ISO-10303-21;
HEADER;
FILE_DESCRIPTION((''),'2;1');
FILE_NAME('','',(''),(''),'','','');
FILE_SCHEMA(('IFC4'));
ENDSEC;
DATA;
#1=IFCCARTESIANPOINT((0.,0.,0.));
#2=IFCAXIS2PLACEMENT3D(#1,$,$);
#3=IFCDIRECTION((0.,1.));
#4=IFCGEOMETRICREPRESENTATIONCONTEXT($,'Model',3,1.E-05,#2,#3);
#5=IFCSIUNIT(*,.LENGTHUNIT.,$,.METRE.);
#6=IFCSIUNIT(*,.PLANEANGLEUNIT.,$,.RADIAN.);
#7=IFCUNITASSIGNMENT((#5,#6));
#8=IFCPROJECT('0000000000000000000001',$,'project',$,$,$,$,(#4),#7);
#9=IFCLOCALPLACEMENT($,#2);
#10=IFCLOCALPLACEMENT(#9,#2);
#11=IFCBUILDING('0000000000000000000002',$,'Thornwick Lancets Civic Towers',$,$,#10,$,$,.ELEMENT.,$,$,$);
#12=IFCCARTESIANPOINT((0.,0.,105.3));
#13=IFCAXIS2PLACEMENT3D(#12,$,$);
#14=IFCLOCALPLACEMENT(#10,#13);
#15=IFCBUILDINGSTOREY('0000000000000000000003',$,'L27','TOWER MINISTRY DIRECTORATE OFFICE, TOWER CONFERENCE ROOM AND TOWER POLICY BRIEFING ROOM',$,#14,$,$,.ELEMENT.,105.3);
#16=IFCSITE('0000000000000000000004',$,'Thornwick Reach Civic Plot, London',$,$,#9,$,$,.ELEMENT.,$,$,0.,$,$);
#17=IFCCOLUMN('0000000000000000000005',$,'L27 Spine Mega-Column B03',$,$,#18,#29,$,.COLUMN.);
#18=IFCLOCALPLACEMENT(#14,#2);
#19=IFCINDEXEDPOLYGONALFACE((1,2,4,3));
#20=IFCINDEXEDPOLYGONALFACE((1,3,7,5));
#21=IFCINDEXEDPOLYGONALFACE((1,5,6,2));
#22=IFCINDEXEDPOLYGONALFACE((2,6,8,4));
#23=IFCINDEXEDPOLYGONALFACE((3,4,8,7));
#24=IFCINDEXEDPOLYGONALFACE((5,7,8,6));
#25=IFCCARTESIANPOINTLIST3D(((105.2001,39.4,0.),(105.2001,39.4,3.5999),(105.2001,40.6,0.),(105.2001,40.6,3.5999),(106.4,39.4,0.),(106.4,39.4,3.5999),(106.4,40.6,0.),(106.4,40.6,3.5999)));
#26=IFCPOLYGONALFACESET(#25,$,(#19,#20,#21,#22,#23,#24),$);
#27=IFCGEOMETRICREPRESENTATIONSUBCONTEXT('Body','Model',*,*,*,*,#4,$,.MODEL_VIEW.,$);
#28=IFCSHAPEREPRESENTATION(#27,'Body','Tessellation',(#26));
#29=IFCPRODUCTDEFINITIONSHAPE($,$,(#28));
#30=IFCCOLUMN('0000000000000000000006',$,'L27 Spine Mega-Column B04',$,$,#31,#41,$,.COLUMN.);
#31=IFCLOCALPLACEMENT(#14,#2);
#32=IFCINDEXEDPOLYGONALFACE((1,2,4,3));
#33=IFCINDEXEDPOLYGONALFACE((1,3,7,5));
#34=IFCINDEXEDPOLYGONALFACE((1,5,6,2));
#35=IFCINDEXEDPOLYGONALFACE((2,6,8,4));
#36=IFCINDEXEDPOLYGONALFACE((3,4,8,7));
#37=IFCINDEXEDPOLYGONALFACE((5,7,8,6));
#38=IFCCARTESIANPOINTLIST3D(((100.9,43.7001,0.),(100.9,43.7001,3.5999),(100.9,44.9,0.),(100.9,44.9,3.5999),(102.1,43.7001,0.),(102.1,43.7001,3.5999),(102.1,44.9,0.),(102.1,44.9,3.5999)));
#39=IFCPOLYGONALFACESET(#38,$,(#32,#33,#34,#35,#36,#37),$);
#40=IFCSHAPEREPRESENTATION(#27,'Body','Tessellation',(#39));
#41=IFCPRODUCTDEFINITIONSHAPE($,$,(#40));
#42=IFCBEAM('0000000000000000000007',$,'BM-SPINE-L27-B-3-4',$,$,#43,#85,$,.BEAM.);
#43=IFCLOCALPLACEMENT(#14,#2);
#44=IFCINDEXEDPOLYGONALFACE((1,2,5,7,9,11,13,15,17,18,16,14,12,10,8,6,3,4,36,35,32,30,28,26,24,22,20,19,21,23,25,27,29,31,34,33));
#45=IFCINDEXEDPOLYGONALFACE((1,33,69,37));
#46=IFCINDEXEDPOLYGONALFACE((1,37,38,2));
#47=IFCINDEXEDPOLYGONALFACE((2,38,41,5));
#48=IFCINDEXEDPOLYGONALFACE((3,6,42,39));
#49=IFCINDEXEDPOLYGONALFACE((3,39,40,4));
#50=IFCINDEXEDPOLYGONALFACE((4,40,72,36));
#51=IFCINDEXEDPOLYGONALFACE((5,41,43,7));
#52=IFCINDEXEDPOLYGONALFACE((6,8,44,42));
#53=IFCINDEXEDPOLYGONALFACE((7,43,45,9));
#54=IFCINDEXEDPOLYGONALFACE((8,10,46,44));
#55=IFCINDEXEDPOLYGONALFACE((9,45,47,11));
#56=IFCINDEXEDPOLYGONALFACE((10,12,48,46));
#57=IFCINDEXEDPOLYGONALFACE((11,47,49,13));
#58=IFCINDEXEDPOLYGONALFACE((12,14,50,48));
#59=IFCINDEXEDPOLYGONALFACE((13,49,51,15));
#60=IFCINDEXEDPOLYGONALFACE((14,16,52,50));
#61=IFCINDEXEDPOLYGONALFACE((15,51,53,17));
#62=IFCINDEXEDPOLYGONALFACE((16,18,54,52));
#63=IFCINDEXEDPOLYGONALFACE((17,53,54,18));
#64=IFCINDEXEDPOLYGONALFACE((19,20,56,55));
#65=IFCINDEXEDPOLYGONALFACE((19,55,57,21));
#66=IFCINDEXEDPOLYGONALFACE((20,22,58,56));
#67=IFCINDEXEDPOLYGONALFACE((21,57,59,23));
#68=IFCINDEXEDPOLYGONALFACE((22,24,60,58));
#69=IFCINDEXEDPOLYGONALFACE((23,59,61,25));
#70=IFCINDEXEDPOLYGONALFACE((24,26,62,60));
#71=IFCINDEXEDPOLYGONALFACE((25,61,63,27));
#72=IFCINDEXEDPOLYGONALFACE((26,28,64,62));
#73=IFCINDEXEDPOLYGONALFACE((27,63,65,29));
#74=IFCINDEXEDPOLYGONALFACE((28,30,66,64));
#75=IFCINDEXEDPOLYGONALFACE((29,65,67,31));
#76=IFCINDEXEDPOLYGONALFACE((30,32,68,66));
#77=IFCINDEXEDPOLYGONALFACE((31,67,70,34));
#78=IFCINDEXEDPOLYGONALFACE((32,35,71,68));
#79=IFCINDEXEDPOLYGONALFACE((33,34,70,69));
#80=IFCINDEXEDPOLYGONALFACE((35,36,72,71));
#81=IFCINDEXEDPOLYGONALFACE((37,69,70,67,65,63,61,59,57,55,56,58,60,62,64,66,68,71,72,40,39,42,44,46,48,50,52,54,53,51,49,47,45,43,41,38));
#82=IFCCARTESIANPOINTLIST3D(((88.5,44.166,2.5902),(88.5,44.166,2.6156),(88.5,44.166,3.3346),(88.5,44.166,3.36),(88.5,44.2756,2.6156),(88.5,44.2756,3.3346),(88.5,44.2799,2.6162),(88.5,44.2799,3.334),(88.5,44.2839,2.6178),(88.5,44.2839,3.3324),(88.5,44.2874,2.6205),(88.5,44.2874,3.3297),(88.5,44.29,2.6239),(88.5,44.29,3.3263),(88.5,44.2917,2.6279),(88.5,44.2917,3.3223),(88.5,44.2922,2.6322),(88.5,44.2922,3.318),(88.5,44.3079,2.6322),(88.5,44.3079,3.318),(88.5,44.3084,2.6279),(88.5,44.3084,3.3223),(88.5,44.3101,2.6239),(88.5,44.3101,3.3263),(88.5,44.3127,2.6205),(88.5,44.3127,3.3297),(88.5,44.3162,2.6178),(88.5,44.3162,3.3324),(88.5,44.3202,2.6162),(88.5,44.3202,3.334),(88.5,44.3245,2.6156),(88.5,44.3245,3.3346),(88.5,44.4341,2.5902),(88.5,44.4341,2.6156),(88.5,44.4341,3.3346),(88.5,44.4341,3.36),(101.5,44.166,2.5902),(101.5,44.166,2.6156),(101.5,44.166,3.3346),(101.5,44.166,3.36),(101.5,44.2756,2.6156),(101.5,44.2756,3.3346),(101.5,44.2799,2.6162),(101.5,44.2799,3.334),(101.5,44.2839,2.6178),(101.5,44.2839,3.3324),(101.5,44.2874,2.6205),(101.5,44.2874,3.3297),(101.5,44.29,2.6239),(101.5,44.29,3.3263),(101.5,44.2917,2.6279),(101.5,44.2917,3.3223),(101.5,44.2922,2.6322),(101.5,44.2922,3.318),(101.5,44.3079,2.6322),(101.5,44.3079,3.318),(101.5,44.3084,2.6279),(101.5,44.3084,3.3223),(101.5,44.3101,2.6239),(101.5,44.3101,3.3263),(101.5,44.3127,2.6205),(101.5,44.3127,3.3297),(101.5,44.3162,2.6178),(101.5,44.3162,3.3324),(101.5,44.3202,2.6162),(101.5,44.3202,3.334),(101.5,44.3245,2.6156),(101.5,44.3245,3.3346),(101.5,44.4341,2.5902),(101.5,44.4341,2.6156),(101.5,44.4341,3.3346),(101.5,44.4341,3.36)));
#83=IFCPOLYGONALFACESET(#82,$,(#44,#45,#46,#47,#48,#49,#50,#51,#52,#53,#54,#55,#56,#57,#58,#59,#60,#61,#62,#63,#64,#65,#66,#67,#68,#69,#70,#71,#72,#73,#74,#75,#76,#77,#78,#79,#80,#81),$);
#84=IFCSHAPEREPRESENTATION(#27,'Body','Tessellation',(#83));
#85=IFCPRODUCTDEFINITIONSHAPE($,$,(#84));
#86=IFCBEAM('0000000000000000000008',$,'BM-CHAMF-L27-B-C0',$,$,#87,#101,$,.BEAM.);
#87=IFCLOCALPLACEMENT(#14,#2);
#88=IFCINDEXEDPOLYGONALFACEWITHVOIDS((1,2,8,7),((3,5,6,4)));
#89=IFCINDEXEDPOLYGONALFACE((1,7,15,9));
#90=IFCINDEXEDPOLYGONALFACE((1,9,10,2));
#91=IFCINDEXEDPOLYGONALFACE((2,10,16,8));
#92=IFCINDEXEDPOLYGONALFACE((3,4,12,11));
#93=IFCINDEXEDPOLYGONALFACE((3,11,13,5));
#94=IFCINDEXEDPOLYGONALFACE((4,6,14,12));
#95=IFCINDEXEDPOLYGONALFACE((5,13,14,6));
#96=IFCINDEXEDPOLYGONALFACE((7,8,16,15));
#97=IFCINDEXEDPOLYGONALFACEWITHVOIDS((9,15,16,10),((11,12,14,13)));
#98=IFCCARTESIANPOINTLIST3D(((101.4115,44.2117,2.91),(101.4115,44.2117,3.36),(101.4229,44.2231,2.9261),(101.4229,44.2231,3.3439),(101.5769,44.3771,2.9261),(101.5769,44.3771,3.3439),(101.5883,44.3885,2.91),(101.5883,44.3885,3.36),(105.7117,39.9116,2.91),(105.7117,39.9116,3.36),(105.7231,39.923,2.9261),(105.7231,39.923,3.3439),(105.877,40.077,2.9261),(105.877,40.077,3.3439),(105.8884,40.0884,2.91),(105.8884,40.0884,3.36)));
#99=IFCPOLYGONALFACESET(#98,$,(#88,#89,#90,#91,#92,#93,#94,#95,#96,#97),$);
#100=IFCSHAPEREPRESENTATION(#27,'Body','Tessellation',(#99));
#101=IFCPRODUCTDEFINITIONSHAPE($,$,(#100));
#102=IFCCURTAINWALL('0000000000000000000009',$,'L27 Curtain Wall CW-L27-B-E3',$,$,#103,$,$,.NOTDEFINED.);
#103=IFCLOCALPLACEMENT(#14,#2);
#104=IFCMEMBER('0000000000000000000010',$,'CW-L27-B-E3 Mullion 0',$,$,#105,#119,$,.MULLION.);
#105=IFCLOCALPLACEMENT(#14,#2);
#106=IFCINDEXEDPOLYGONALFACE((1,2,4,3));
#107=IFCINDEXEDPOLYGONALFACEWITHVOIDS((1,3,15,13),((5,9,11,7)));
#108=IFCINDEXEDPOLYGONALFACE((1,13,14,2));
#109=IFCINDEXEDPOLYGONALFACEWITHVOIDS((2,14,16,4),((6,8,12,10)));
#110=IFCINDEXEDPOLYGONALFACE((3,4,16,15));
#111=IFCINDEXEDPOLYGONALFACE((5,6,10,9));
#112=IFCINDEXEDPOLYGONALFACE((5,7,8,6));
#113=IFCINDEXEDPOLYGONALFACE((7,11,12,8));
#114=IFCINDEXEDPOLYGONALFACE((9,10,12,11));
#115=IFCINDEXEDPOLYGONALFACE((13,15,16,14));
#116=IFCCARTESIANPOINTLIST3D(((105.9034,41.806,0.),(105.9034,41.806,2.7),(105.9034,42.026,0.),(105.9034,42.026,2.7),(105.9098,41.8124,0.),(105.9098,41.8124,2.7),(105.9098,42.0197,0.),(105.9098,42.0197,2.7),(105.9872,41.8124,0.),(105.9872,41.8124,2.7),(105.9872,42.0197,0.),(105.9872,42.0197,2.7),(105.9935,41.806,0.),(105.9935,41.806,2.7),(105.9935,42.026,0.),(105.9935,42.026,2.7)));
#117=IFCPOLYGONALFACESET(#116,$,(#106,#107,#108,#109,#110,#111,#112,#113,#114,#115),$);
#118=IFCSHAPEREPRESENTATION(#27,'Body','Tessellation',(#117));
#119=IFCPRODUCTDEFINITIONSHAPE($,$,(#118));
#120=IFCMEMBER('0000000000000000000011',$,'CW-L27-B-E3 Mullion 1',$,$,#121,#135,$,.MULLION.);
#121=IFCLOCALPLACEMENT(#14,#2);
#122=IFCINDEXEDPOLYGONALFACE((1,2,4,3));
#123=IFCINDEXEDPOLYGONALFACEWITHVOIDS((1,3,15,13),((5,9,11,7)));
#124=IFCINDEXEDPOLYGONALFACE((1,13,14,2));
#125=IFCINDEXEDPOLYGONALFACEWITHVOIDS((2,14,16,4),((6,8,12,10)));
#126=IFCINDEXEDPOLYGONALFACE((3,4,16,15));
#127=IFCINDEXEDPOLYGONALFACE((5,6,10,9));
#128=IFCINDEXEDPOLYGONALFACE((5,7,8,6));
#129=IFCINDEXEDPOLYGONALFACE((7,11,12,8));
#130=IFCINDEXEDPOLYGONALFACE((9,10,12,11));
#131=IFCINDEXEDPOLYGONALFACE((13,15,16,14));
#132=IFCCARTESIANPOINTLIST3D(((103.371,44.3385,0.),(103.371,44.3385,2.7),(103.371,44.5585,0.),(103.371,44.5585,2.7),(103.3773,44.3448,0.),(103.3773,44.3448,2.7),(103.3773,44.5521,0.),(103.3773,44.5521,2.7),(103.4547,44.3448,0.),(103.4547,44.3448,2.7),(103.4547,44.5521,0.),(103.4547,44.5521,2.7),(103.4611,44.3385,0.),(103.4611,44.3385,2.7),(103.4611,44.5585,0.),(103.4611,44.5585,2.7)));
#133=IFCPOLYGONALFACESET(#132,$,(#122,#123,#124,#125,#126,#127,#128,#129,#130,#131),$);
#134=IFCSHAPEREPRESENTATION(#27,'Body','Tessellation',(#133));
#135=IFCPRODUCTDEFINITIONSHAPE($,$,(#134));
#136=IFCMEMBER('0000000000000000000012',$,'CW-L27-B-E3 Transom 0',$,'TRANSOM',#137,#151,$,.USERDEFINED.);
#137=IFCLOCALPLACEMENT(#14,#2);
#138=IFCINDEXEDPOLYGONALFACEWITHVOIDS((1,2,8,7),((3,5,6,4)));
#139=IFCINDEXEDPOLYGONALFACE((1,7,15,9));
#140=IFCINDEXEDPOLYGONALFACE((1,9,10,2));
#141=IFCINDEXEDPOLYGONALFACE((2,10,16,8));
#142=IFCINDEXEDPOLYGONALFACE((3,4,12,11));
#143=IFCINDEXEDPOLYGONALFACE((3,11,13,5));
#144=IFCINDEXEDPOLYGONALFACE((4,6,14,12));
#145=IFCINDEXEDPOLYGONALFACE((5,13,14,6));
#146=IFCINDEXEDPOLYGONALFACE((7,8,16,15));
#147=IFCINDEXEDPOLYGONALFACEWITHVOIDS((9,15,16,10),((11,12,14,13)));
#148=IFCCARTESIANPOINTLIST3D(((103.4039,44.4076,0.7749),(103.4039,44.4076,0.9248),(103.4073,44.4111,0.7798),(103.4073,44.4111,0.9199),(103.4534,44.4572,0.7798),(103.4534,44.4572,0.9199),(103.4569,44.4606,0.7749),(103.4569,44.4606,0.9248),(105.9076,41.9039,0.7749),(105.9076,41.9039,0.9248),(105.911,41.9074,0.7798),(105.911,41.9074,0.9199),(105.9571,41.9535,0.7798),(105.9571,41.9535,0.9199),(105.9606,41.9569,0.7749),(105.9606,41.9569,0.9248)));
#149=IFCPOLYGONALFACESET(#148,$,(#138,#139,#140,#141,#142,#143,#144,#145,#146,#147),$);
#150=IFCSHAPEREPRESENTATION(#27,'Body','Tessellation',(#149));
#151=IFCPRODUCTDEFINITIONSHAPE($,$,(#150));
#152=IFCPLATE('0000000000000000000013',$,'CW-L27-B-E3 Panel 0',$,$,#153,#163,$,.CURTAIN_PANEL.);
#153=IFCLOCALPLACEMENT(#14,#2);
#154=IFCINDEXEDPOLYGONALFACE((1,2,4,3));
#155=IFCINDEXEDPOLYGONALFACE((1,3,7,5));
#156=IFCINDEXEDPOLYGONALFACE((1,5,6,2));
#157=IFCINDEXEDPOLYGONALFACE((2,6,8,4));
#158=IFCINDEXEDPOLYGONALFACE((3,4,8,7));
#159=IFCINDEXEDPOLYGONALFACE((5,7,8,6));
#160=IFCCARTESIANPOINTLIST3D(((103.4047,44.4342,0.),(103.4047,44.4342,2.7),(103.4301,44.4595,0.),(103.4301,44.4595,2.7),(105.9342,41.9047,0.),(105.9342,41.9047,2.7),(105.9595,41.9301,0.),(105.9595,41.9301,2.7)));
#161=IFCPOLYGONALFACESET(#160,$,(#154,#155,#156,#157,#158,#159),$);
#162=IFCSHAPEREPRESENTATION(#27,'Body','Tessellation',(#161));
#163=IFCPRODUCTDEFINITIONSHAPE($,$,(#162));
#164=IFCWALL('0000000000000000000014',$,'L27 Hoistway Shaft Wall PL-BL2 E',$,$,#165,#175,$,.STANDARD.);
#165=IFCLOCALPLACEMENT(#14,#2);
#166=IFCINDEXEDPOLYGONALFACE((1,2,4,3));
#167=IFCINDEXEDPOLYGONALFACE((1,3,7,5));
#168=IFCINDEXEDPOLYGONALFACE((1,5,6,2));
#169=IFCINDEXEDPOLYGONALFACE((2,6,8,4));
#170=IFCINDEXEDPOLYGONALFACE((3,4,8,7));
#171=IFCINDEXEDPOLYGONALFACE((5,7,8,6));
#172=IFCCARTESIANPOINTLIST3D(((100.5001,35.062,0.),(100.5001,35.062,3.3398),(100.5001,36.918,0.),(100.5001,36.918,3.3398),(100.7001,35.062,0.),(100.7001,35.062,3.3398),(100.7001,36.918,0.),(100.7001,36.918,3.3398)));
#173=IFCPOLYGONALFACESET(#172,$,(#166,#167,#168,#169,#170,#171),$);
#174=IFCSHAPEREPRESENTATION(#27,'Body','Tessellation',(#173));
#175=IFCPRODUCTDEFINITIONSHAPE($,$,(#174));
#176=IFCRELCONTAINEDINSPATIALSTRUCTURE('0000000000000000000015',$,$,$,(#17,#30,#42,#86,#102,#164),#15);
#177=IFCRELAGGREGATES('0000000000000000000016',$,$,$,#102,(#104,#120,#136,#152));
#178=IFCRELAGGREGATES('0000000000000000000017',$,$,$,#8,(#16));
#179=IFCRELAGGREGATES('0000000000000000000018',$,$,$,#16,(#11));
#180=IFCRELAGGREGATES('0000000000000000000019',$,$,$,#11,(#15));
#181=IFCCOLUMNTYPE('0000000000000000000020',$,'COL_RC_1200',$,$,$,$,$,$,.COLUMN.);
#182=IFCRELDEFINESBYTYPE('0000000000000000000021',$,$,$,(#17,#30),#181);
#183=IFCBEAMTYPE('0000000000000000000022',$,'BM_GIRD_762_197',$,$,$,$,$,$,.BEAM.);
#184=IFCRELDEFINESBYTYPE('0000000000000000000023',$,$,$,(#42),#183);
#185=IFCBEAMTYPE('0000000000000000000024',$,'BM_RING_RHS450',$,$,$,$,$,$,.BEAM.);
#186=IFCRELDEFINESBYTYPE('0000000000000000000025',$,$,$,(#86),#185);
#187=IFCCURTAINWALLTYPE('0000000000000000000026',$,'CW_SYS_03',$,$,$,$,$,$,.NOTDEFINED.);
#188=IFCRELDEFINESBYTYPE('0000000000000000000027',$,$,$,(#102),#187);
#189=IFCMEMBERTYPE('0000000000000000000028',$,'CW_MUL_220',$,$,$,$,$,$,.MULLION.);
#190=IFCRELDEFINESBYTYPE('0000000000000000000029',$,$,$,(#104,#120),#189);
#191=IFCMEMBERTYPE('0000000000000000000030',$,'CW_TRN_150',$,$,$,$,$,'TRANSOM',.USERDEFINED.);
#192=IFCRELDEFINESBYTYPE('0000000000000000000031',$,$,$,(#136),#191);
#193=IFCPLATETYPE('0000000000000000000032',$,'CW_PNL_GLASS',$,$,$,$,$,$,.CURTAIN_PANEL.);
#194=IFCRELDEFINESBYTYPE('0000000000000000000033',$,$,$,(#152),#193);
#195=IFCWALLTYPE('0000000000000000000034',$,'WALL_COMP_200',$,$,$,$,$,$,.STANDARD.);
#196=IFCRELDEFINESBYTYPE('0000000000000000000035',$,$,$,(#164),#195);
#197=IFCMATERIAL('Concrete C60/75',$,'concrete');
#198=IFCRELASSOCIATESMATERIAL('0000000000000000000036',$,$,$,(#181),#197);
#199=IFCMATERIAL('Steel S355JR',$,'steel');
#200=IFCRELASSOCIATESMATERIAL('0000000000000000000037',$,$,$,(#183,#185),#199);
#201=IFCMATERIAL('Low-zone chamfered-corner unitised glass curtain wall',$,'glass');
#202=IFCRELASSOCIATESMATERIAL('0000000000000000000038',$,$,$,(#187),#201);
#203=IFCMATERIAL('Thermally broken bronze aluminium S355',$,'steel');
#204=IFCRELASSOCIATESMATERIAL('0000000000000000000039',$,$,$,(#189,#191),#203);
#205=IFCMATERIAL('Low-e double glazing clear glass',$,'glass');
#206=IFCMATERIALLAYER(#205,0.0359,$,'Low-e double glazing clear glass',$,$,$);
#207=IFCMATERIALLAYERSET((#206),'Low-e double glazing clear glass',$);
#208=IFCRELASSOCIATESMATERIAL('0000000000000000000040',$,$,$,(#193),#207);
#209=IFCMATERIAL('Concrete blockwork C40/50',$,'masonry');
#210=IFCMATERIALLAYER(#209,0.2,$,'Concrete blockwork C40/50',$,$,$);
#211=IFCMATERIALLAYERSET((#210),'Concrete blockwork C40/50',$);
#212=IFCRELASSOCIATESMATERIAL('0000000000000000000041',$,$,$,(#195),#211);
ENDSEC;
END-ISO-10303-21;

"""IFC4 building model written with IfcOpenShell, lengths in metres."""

from ifc_helpers import new_model, si_unit, direction, frame, frame_2d, origin, origin_2d, place, context, subcontext, project, spatial, rectangle, hollow_rectangle, i_section, extrude, material, layer, layer_set, material_profile, profile_set, type_object, element, aggregate, save


model = new_model("IFC4")

# Units and contexts
model_context = context("Model", 3, precision=1e-05, world=origin(), true_north=direction((0.0, 1.0)))
body_context = subcontext(model_context, "Body", "Model", "MODEL_VIEW")
ifc_project = project(units=[si_unit("LENGTHUNIT", "METRE"), si_unit("PLANEANGLEUNIT", "RADIAN")], contexts=[model_context])

# Site, building, storey
site_placement = place(None, origin())
site = spatial("IfcSite", under=ifc_project, at=site_placement, Name="Thornwick Reach Civic Plot, London", CompositionType="ELEMENT", RefElevation=0.0)
building_placement = place(site_placement, origin())
building = spatial("IfcBuilding", under=site, at=building_placement, Name="Thornwick Lancets Civic Towers", CompositionType="ELEMENT")
storey_placement = place(building_placement, frame((0.0, 0.0, 105.3)))
storey = spatial("IfcBuildingStorey", under=building, at=storey_placement, Name="L27", Description="TOWER MINISTRY DIRECTORATE OFFICE, TOWER CONFERENCE ROOM AND TOWER POLICY BRIEFING ROOM", CompositionType="ELEMENT", Elevation=105.3)

# Columns
ifc_material_1 = material(Name="Concrete C60/75", Category="concrete")
ifc_material_profile_1 = material_profile(ifc_material_1, rectangle(XDim=1.2, YDim=1.2, at=origin_2d()), Name="RC 1200x1200")
ifc_profile_set_1 = profile_set([ifc_material_profile_1], Name="Concrete C60/75")
column_type = type_object("IfcColumnType", Name="COL_RC_1200", PredefinedType="COLUMN", material=ifc_profile_set_1)
for number, where, z_axis, x_axis, name in (
    (1, (105.8, 40.0, 0.0), (0.0, 0.0, 1.0), (1.0, 0.0, 0.0), "L27 Spine Mega-Column B03"),
    (2, (101.5, 44.3, 0.0), (0.0, 0.0, 1.0), (1.0, 0.0, 0.0), "L27 Spine Mega-Column B04"),
):
    element("IfcColumn", number, at=place(storey_placement, frame(where, z_axis=z_axis, x_axis=x_axis)), inside=storey, type_object=column_type, Name=name, PredefinedType="COLUMN", context=body_context, shape_type="SweptSolid", body=[
        extrude(rectangle(XDim=1.2, YDim=1.2, at=origin_2d()), origin(), (0.0, 0.0, 1.0), 3.5999),
    ])

# Beams
ifc_material_2 = material(Name="Steel S355JR", Category="steel")
ifc_material_profile_2 = material_profile(ifc_material_2, i_section(OverallWidth=0.2681, OverallDepth=0.7698, WebThickness=0.0156, FlangeThickness=0.0254, FilletRadius=0.0166, at=origin_2d()), Name="UKB 762x267x197")
ifc_profile_set_2 = profile_set([ifc_material_profile_2], Name="Steel S355JR")
beam_type_1 = type_object("IfcBeamType", Name="BM_GIRD_762_197", PredefinedType="BEAM", material=ifc_profile_set_2)
beam_1_placement = place(storey_placement, frame((101.5, 44.3, 2.9751), z_axis=(-1.0, 0.0, 0.0), x_axis=(0.0, -1.0, 0.0)))
element("IfcBeam", 3, at=beam_1_placement, inside=storey, type_object=beam_type_1, Name="BM-SPINE-L27-B-3-4", PredefinedType="BEAM", context=body_context, shape_type="SweptSolid", body=[
    extrude(i_section(OverallWidth=0.2681, OverallDepth=0.7698, WebThickness=0.0156, FlangeThickness=0.0254, FilletRadius=0.0166, at=origin_2d()), origin(), (0.0, 0.0, 1.0), 13.0),
])
ifc_material_profile_3 = material_profile(ifc_material_2, hollow_rectangle(XDim=0.25, YDim=0.45, WallThickness=0.0161, at=origin_2d()), Name="RHS 450x250x16")
ifc_profile_set_3 = profile_set([ifc_material_profile_3], Name="Steel S355JR")
beam_type_2 = type_object("IfcBeamType", Name="BM_RING_RHS450", PredefinedType="BEAM", material=ifc_profile_set_3)
beam_2_placement = place(storey_placement, frame((105.8, 40.0, 3.135), z_axis=(-0.707107, 0.707107, 0.0), x_axis=(-0.707107, -0.707107, 0.0)))
element("IfcBeam", 4, at=beam_2_placement, inside=storey, type_object=beam_type_2, Name="BM-CHAMF-L27-B-C0", PredefinedType="BEAM", context=body_context, shape_type="SweptSolid", body=[
    extrude(hollow_rectangle(XDim=0.25, YDim=0.45, WallThickness=0.0161, at=origin_2d()), origin(), (0.0, 0.0, 1.0), 6.0813),
])

# Curtain wall, members, plate
ifc_material_3 = material(Name="Low-zone chamfered-corner unitised glass curtain wall", Category="glass")
curtain_wall_type = type_object("IfcCurtainWallType", Name="CW_SYS_03", PredefinedType="NOTDEFINED", material=ifc_material_3)
curtain_wall_placement = place(storey_placement, origin())
curtain_wall = element("IfcCurtainWall", 5, at=curtain_wall_placement, inside=storey, type_object=curtain_wall_type, Name="L27 Curtain Wall CW-L27-B-E3", PredefinedType="NOTDEFINED")
ifc_material_4 = material(Name="Thermally broken bronze aluminium S355", Category="steel")
ifc_material_profile_4 = material_profile(ifc_material_4, hollow_rectangle(XDim=0.0901, YDim=0.22, WallThickness=0.0063, at=origin_2d()), Name="RHS 220x90x6.3")
ifc_profile_set_4 = profile_set([ifc_material_profile_4], Name="Thermally broken bronze aluminium S355")
member_type_1 = type_object("IfcMemberType", Name="CW_MUL_220", PredefinedType="MULLION", material=ifc_profile_set_4)
member_1_placement = place(storey_placement, frame((105.9485, 41.916, 0.0), z_axis=(0.0, 0.0, 1.0), x_axis=(1.0, 0.0, 0.0)))
member_1 = element("IfcMember", 6, at=member_1_placement, type_object=member_type_1, Name="CW-L27-B-E3 Mullion 0", PredefinedType="MULLION", context=body_context, shape_type="SweptSolid", body=[
    extrude(hollow_rectangle(XDim=0.0901, YDim=0.22, WallThickness=0.0063, at=origin_2d()), origin(), (0.0, 0.0, 1.0), 2.7),
])
member_2_placement = place(storey_placement, frame((103.416, 44.4485, 0.0), z_axis=(0.0, 0.0, 1.0), x_axis=(1.0, 0.0, 0.0)))
member_2 = element("IfcMember", 7, at=member_2_placement, type_object=member_type_1, Name="CW-L27-B-E3 Mullion 1", PredefinedType="MULLION", context=body_context, shape_type="SweptSolid", body=[
    extrude(hollow_rectangle(XDim=0.0901, YDim=0.22, WallThickness=0.0063, at=origin_2d()), origin(), (0.0, 0.0, 1.0), 2.7),
])
ifc_material_profile_5 = material_profile(ifc_material_4, hollow_rectangle(XDim=0.075, YDim=0.1499, WallThickness=0.0049, at=origin_2d()), Name="RHS 150x75x5")
ifc_profile_set_5 = profile_set([ifc_material_profile_5], Name="Thermally broken bronze aluminium S355")
member_type_2 = type_object("IfcMemberType", Name="CW_TRN_150", ElementType="TRANSOM", PredefinedType="USERDEFINED", material=ifc_profile_set_5)
member_3_placement = place(storey_placement, frame((105.9341, 41.9304, 0.8499), z_axis=(-0.707107, 0.707107, 0.0), x_axis=(-0.707107, -0.707107, 0.0)))
member_3 = element("IfcMember", 8, at=member_3_placement, type_object=member_type_2, Name="CW-L27-B-E3 Transom 0", ObjectType="TRANSOM", PredefinedType="USERDEFINED", context=body_context, shape_type="SweptSolid", body=[
    extrude(hollow_rectangle(XDim=0.075, YDim=0.1499, WallThickness=0.0049, at=origin_2d()), origin(), (0.0, 0.0, 1.0), 3.5408),
])
ifc_material_5 = material(Name="Low-e double glazing clear glass", Category="glass")
ifc_layer_1 = layer(ifc_material_5, 0.0359, Name="Low-e double glazing clear glass")
ifc_layer_set_1 = layer_set([ifc_layer_1], Name="Low-e double glazing clear glass")
plate_type = type_object("IfcPlateType", Name="CW_PNL_GLASS", PredefinedType="CURTAIN_PANEL", material=ifc_layer_set_1)
plate_placement = place(storey_placement, frame((104.6821, 43.1821, 0.0), z_axis=(0.0, 0.0, 1.0), x_axis=(-0.707107, 0.707107, 0.0)))
plate = element("IfcPlate", 9, at=plate_placement, type_object=plate_type, Name="CW-L27-B-E3 Panel 0", PredefinedType="CURTAIN_PANEL", context=body_context, shape_type="SweptSolid", body=[
    extrude(rectangle(XDim=3.5771, YDim=0.0359, at=origin_2d()), origin(), (0.0, 0.0, 1.0), 2.7),
])
aggregate(curtain_wall, [member_1, member_2, member_3, plate])

# Wall
ifc_material_6 = material(Name="Concrete blockwork C40/50", Category="masonry")
ifc_layer_2 = layer(ifc_material_6, 0.2, Name="Concrete blockwork C40/50")
ifc_layer_set_2 = layer_set([ifc_layer_2], Name="Concrete blockwork C40/50")
wall_type_1 = type_object("IfcWallType", Name="WALL_COMP_200", PredefinedType="STANDARD", material=ifc_layer_set_2)
wall_1_placement = place(storey_placement, frame((100.6001, 35.062, 0.0), z_axis=(0.0, 0.0, 1.0), x_axis=(0.0, 1.0, 0.0)))
element("IfcWall", 10, at=wall_1_placement, inside=storey, type_object=wall_type_1, Name="L27 Hoistway Shaft Wall PL-BL2 E", PredefinedType="STANDARD", context=body_context, shape_type="SweptSolid", body=[
    extrude(rectangle(XDim=1.856, YDim=0.2, at=frame_2d((0.928, 0.0))), origin(), (0.0, 0.0, 1.0), 3.3398),
])

save(model, "model.ifc")
